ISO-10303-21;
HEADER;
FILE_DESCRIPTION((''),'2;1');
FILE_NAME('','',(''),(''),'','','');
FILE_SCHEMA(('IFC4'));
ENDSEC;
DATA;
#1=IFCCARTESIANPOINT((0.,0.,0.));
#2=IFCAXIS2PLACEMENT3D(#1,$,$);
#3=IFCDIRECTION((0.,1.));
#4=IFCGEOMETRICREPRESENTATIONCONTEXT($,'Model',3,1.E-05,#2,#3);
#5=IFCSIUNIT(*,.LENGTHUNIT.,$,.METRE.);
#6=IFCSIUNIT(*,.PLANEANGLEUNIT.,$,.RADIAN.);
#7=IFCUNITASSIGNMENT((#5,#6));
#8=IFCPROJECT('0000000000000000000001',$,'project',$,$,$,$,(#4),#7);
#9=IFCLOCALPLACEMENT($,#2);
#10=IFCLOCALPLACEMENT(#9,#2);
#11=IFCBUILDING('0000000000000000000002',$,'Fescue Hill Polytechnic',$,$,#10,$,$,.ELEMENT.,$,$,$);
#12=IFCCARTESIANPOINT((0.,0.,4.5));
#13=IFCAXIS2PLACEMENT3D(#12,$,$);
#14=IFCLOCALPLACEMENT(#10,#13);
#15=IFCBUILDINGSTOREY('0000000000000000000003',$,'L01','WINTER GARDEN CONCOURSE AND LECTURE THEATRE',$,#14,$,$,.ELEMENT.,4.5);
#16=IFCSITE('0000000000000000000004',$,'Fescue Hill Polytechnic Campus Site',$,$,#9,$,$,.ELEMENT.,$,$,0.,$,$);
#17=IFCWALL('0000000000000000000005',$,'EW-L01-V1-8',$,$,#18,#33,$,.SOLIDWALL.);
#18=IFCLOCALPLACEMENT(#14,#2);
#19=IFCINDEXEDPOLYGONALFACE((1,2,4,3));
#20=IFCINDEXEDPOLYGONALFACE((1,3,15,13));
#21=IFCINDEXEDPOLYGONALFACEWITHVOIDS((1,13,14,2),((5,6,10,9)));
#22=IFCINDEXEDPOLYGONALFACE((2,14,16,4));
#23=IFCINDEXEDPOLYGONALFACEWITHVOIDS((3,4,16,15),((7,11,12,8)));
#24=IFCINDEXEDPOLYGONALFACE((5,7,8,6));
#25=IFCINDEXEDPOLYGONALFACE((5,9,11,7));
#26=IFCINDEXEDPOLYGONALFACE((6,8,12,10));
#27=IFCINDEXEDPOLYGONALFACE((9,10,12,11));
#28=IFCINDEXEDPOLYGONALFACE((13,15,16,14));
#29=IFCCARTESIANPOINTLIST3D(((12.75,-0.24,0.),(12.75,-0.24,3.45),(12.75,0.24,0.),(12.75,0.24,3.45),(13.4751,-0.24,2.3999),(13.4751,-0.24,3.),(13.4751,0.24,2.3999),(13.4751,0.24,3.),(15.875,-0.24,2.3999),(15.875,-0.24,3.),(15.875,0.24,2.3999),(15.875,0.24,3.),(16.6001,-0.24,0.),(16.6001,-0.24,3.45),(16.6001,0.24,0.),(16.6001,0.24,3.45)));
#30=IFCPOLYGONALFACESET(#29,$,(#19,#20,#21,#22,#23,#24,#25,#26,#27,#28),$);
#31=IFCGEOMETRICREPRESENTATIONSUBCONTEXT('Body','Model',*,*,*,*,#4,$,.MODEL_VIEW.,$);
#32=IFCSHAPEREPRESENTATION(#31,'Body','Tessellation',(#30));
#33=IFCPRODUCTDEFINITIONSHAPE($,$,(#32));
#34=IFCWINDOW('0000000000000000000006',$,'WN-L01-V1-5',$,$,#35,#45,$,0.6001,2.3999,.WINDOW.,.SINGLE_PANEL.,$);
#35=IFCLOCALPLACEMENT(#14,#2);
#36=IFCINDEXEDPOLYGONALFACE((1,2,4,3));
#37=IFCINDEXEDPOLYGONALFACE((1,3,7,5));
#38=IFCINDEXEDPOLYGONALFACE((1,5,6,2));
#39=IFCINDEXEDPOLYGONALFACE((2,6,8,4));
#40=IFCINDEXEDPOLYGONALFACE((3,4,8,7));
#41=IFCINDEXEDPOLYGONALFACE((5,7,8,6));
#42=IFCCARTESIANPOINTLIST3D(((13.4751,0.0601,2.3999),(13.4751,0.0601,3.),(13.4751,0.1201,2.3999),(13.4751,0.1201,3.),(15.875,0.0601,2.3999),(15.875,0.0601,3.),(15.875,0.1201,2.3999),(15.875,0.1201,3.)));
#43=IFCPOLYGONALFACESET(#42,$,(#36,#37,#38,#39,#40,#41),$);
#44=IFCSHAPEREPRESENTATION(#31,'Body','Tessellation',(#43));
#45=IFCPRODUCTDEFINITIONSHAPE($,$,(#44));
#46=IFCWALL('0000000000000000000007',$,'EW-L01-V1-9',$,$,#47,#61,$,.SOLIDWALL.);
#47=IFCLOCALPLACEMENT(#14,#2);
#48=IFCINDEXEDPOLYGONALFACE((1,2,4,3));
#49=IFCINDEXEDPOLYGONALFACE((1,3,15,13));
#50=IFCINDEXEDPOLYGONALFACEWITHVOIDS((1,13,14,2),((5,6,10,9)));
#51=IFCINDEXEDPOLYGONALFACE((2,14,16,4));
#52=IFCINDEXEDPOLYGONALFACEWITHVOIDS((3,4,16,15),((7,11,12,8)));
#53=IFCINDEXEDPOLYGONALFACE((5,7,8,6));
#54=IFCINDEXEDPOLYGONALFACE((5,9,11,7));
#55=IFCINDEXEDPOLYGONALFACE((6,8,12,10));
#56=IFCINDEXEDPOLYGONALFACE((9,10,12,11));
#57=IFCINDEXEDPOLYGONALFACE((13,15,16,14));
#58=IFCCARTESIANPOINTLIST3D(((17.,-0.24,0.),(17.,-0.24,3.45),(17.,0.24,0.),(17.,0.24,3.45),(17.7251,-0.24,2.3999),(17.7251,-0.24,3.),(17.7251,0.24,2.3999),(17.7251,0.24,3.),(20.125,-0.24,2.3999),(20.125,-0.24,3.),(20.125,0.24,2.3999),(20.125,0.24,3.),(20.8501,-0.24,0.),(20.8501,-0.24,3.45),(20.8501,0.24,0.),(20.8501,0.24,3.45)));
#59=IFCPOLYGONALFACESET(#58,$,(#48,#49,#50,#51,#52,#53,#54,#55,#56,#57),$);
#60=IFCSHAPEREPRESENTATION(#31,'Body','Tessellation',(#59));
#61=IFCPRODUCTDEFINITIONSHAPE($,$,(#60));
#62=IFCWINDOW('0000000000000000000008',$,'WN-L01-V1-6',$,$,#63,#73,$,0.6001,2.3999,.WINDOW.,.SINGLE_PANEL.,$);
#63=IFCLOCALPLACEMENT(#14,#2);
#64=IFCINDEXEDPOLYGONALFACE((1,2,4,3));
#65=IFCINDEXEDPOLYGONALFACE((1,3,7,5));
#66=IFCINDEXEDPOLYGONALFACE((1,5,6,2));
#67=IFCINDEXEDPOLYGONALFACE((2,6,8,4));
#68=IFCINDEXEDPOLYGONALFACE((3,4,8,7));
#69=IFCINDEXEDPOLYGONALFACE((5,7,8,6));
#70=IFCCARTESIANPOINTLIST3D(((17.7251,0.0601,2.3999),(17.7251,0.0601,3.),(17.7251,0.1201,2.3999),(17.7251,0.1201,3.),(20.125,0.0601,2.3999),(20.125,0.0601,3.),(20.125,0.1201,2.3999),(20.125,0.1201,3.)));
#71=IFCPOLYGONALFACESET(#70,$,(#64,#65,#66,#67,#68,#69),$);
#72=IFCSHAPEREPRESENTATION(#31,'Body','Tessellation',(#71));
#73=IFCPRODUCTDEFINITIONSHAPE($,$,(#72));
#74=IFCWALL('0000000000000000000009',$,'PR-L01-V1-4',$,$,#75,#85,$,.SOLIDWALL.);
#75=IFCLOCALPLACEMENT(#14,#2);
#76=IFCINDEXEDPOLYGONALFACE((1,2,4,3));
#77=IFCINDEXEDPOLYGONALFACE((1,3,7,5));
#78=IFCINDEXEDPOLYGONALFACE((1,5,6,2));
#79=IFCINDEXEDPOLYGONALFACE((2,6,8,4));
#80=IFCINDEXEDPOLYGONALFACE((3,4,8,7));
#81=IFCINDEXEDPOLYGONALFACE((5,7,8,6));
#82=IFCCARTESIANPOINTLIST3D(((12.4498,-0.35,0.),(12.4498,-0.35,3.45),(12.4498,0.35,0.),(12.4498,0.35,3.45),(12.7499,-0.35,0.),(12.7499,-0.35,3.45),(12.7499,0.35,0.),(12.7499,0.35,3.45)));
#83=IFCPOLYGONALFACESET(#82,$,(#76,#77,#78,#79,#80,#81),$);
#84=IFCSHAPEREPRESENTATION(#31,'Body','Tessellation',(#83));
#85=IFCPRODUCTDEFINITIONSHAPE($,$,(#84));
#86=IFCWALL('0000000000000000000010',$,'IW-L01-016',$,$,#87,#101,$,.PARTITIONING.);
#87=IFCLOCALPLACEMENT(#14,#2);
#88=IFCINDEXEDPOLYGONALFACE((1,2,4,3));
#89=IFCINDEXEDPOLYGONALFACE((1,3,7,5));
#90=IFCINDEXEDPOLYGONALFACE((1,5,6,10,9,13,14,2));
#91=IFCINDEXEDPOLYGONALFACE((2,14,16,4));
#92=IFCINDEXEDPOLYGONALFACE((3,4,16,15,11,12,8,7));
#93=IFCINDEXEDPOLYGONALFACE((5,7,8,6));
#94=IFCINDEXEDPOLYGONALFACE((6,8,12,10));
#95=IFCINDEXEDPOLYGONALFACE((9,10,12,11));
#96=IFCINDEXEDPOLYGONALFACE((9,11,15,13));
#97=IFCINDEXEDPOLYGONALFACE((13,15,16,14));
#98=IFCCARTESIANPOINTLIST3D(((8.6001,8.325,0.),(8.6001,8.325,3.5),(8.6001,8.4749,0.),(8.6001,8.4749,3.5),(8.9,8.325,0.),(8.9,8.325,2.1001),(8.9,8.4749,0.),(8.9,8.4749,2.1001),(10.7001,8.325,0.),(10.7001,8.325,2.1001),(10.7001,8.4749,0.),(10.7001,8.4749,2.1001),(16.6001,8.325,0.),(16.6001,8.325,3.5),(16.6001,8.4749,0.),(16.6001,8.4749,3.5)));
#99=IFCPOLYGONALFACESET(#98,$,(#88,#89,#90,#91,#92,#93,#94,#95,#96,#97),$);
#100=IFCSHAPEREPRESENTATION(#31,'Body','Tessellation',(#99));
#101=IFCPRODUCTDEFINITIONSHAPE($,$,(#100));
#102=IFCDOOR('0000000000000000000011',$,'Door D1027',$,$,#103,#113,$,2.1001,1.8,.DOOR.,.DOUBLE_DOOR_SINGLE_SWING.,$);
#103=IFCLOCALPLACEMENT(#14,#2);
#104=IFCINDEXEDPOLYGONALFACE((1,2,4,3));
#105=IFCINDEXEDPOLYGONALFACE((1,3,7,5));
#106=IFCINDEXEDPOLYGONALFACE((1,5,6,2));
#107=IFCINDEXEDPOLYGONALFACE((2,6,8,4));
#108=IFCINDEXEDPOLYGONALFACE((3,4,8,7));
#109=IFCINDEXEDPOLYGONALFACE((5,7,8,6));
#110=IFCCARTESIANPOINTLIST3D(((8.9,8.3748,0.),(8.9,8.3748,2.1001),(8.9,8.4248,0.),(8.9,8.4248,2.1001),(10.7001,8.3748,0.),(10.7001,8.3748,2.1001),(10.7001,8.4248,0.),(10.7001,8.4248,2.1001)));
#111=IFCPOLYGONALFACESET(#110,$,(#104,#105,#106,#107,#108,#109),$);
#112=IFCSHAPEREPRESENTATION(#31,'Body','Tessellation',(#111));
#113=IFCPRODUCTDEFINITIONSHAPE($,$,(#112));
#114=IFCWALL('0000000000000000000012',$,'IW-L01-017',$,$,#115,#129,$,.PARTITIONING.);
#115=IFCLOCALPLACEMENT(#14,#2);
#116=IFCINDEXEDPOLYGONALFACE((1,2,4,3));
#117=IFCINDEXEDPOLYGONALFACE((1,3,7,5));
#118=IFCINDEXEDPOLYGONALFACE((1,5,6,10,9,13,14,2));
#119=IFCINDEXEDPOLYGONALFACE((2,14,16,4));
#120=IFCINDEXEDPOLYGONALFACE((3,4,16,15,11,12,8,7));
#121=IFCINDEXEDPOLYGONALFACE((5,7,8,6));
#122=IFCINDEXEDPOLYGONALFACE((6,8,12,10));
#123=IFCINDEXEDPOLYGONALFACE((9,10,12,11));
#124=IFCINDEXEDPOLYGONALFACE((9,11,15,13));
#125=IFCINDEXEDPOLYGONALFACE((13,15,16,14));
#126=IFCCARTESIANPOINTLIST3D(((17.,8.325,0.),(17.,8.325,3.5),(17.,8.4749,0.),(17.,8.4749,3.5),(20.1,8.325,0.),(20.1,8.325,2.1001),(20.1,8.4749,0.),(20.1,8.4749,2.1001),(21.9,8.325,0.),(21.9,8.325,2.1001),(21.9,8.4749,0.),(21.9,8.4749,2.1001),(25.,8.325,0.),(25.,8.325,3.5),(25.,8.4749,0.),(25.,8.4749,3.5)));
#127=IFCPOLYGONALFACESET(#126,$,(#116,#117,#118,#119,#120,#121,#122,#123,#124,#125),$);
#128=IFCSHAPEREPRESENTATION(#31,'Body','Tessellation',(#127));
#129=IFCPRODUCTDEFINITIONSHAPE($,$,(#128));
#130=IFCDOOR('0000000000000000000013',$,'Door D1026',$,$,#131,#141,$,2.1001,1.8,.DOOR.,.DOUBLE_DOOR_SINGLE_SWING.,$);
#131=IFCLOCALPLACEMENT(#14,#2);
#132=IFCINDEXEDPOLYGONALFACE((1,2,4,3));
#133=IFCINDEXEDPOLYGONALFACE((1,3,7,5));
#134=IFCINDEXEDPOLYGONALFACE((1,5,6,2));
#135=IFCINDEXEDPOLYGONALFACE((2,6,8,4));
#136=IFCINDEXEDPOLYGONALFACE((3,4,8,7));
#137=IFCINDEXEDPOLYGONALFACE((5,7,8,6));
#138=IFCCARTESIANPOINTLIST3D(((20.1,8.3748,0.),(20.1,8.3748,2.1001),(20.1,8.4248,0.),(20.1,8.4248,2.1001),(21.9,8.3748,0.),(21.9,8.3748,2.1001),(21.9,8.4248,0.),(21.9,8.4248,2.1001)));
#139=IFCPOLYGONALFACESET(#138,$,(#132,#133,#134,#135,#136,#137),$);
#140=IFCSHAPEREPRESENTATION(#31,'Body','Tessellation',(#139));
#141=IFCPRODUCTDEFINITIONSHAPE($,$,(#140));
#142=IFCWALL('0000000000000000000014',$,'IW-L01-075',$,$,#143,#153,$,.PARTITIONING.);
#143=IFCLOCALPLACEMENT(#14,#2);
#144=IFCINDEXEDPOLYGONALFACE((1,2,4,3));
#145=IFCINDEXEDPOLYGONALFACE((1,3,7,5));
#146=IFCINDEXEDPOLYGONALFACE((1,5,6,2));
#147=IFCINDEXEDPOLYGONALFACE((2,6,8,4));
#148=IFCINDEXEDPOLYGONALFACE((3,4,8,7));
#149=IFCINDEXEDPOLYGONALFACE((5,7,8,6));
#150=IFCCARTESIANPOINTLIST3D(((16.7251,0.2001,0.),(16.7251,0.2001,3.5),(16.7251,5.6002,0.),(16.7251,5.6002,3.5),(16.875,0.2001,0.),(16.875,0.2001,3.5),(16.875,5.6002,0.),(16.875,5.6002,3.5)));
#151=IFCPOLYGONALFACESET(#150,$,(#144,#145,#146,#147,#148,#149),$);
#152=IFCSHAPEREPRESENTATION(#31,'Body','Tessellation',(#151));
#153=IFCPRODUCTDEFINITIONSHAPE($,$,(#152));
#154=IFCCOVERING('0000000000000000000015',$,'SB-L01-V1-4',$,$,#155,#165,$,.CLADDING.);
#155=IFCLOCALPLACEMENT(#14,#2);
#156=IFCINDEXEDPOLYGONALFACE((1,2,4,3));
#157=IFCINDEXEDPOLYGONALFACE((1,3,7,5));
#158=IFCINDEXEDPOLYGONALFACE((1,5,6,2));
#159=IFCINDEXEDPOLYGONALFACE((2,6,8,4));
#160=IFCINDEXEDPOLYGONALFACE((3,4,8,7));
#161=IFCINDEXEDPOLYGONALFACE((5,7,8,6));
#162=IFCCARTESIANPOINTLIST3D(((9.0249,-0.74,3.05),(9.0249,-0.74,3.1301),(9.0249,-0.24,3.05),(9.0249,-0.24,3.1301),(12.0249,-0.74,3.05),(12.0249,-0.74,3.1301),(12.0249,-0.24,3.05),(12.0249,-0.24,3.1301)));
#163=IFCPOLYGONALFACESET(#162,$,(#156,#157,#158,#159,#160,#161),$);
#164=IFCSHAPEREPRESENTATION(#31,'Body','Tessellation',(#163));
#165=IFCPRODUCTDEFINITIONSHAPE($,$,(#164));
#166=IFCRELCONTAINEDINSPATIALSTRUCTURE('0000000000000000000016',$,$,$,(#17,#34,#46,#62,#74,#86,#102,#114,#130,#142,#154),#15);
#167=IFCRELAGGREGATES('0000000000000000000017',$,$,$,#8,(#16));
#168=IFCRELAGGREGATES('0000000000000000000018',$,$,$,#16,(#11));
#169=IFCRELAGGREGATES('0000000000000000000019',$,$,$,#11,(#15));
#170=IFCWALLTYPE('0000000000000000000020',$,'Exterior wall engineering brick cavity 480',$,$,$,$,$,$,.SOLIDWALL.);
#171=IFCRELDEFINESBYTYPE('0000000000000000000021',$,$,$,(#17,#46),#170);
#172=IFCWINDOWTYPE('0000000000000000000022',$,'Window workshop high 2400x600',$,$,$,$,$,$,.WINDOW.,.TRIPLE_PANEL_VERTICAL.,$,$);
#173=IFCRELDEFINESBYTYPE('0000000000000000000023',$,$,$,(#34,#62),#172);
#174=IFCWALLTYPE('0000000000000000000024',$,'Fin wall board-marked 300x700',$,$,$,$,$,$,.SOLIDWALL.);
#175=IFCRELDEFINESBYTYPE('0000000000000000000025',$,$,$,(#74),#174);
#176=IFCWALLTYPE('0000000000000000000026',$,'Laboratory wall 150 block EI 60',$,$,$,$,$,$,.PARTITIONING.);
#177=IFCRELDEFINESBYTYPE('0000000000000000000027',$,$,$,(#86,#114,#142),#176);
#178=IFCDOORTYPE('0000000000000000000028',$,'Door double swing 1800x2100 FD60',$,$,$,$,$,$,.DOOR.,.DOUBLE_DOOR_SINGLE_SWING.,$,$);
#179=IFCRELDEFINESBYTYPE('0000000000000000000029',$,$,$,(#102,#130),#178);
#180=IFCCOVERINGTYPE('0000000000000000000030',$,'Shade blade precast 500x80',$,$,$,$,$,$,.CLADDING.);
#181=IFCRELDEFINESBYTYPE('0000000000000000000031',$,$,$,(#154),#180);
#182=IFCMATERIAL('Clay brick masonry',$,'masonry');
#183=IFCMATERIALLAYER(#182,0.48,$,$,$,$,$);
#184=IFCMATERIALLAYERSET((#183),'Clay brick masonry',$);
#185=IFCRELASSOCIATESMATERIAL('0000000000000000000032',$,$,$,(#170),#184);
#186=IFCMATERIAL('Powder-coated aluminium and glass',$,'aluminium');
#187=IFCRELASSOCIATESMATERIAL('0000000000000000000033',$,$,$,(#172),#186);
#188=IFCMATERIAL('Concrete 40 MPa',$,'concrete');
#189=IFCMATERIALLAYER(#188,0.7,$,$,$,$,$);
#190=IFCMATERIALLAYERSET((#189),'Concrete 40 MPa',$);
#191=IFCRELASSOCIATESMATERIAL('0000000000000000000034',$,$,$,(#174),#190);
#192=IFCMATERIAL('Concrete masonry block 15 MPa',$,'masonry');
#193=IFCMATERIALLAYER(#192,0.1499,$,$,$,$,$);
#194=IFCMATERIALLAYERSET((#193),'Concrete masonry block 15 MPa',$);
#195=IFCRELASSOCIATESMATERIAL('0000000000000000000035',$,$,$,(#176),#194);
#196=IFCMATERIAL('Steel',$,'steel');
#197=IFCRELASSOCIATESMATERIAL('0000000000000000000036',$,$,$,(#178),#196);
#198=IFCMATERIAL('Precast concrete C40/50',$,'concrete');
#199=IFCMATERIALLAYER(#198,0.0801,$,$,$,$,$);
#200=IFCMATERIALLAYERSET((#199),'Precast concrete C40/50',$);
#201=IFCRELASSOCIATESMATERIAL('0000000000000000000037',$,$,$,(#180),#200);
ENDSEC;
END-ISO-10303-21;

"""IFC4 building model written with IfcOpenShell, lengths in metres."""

from ifc_helpers import new_model, si_unit, direction, frame, frame_2d, origin, origin_2d, place, context, subcontext, project, spatial, rectangle, extrude, material, layer, layer_set, type_object, element, fill, save


model = new_model("IFC4")

# Units and contexts
model_context = context("Model", 3, precision=1e-05, world=origin(), true_north=direction((0.0, 1.0)))
body_context = subcontext(model_context, "Body", "Model", "MODEL_VIEW")
ifc_project = project(units=[si_unit("LENGTHUNIT", "METRE"), si_unit("PLANEANGLEUNIT", "RADIAN")], contexts=[model_context])

# Site, building, storey
site_placement = place(None, origin())
site = spatial("IfcSite", under=ifc_project, at=site_placement, Name="Fescue Hill Polytechnic Campus Site", CompositionType="ELEMENT", RefElevation=0.0)
building_placement = place(site_placement, origin())
building = spatial("IfcBuilding", under=site, at=building_placement, Name="Fescue Hill Polytechnic", CompositionType="ELEMENT")
storey_placement = place(building_placement, frame((0.0, 0.0, 4.5)))
storey = spatial("IfcBuildingStorey", under=building, at=storey_placement, Name="L01", Description="WINTER GARDEN CONCOURSE AND LECTURE THEATRE", CompositionType="ELEMENT", Elevation=4.5)

# Shared definitions
ifc_material_1 = material(Name="Concrete 40 MPa", Category="concrete")

# Walls, openings, windows
ifc_material_2 = material(Name="Clay brick masonry", Category="masonry")
ifc_layer_1 = layer(ifc_material_2, 0.48)
ifc_layer_set_1 = layer_set([ifc_layer_1], Name="Clay brick masonry")
wall_type_1 = type_object("IfcWallType", Name="Exterior wall engineering brick cavity 480", PredefinedType="SOLIDWALL", material=ifc_layer_set_1)
ifc_material_3 = material(Name="Powder-coated aluminium and glass", Category="aluminium")
window_type = type_object("IfcWindowType", Name="Window workshop high 2400x600", PartitioningType="TRIPLE_PANEL_VERTICAL", PredefinedType="WINDOW", material=ifc_material_3)
wall_1_placement = place(storey_placement, frame((12.75, 0.0, 0.0), z_axis=(0.0, 0.0, 1.0), x_axis=(1.0, 0.0, 0.0)))
wall_1 = element("IfcWall", 1, at=wall_1_placement, inside=storey, type_object=wall_type_1, Name="EW-L01-V1-8", PredefinedType="SOLIDWALL", context=body_context, shape_type="SweptSolid", body=[
    extrude(rectangle(XDim=3.8501, YDim=0.48, at=frame_2d((1.925, 0.0))), origin(), (0.0, 0.0, 1.0), 3.45),
])
opening_1_placement = place(wall_1_placement, frame((0.7251, 0.0, 2.3999)))
opening_1 = element("IfcOpeningElement", 2, at=opening_1_placement, cuts=wall_1, PredefinedType="OPENING", context=body_context, shape_type="SweptSolid", body=[
    extrude(rectangle(XDim=2.3999, YDim=0.6001, at=frame_2d((1.2, 0.3))), frame((0.0, 0.25, 0.0), z_axis=(0.0, -1.0, 0.0), x_axis=(1.0, 0.0, 0.0)), (0.0, 0.0, 1.0), 0.5),
])
window_1_placement = place(opening_1_placement, origin())
window_1 = element("IfcWindow", 3, at=window_1_placement, inside=storey, type_object=window_type, Name="WN-L01-V1-5", OverallHeight=0.6001, OverallWidth=2.3999, PartitioningType="SINGLE_PANEL", PredefinedType="WINDOW", context=body_context, shape_type="SweptSolid", body=[
    extrude(rectangle(XDim=2.3999, YDim=0.6001, at=frame_2d((1.2, 0.3))), frame((0.0, 0.1201, 0.0), z_axis=(0.0, -1.0, 0.0), x_axis=(1.0, 0.0, 0.0)), (0.0, 0.0, 1.0), 0.0601),
])
fill(opening_1, window_1)
wall_2_placement = place(storey_placement, frame((17.0, 0.0, 0.0), z_axis=(0.0, 0.0, 1.0), x_axis=(1.0, 0.0, 0.0)))
wall_2 = element("IfcWall", 4, at=wall_2_placement, inside=storey, type_object=wall_type_1, Name="EW-L01-V1-9", PredefinedType="SOLIDWALL", context=body_context, shape_type="SweptSolid", body=[
    extrude(rectangle(XDim=3.8501, YDim=0.48, at=frame_2d((1.925, 0.0))), origin(), (0.0, 0.0, 1.0), 3.45),
])
opening_2_placement = place(wall_2_placement, frame((0.7251, 0.0, 2.3999)))
opening_2 = element("IfcOpeningElement", 5, at=opening_2_placement, cuts=wall_2, PredefinedType="OPENING", context=body_context, shape_type="SweptSolid", body=[
    extrude(rectangle(XDim=2.3999, YDim=0.6001, at=frame_2d((1.2, 0.3))), frame((0.0, 0.25, 0.0), z_axis=(0.0, -1.0, 0.0), x_axis=(1.0, 0.0, 0.0)), (0.0, 0.0, 1.0), 0.5),
])
window_2_placement = place(opening_2_placement, origin())
window_2 = element("IfcWindow", 6, at=window_2_placement, inside=storey, type_object=window_type, Name="WN-L01-V1-6", OverallHeight=0.6001, OverallWidth=2.3999, PartitioningType="SINGLE_PANEL", PredefinedType="WINDOW", context=body_context, shape_type="SweptSolid", body=[
    extrude(rectangle(XDim=2.3999, YDim=0.6001, at=frame_2d((1.2, 0.3))), frame((0.0, 0.1201, 0.0), z_axis=(0.0, -1.0, 0.0), x_axis=(1.0, 0.0, 0.0)), (0.0, 0.0, 1.0), 0.0601),
])
fill(opening_2, window_2)

# Wall
ifc_layer_2 = layer(ifc_material_1, 0.7)
ifc_layer_set_2 = layer_set([ifc_layer_2], Name="Concrete 40 MPa")
wall_type_2 = type_object("IfcWallType", Name="Fin wall board-marked 300x700", PredefinedType="SOLIDWALL", material=ifc_layer_set_2)
wall_3_placement = place(storey_placement, frame((12.45, 0.0, 0.0), z_axis=(0.0, 0.0, 1.0), x_axis=(1.0, 0.0, 0.0)))
element("IfcWall", 7, at=wall_3_placement, inside=storey, type_object=wall_type_2, Name="PR-L01-V1-4", PredefinedType="SOLIDWALL", context=body_context, shape_type="SweptSolid", body=[
    extrude(rectangle(XDim=0.3, YDim=0.7, at=frame_2d((0.1499, 0.0))), origin(), (0.0, 0.0, 1.0), 3.45),
])

# Walls, openings, doors
ifc_material_4 = material(Name="Concrete masonry block 15 MPa", Category="masonry")
ifc_layer_3 = layer(ifc_material_4, 0.1499)
ifc_layer_set_3 = layer_set([ifc_layer_3], Name="Concrete masonry block 15 MPa")
wall_type_3 = type_object("IfcWallType", Name="Laboratory wall 150 block EI 60", PredefinedType="PARTITIONING", material=ifc_layer_set_3)
wall_4_placement = place(storey_placement, frame((8.6001, 8.3999, 0.0), z_axis=(0.0, 0.0, 1.0), x_axis=(1.0, 0.0, 0.0)))
wall_4 = element("IfcWall", 8, at=wall_4_placement, inside=storey, type_object=wall_type_3, Name="IW-L01-016", PredefinedType="PARTITIONING", context=body_context, shape_type="SweptSolid", body=[
    extrude(rectangle(XDim=8.0, YDim=0.1499, at=frame_2d((4.0, 0.0))), origin(), (0.0, 0.0, 1.0), 3.5),
])
opening_3_placement = place(wall_4_placement, frame((0.3, 0.0, 0.0)))
opening_3 = element("IfcOpeningElement", 9, at=opening_3_placement, cuts=wall_4, PredefinedType="OPENING", context=body_context, shape_type="SweptSolid", body=[
    extrude(rectangle(XDim=1.8, YDim=2.1001, at=frame_2d((0.8999, 1.05))), frame((0.0, 0.085, 0.0), z_axis=(0.0, -1.0, 0.0), x_axis=(1.0, 0.0, 0.0)), (0.0, 0.0, 1.0), 0.1699),
])
ifc_material_5 = material(Name="Steel", Category="steel")
door_type_1 = type_object("IfcDoorType", Name="Door double swing 1800x2100 FD60", OperationType="DOUBLE_DOOR_SINGLE_SWING", PredefinedType="DOOR", material=ifc_material_5)
door_1_placement = place(opening_3_placement, origin())
door_1 = element("IfcDoor", 10, at=door_1_placement, inside=storey, type_object=door_type_1, Name="Door D1027", OperationType="DOUBLE_DOOR_SINGLE_SWING", OverallHeight=2.1001, OverallWidth=1.8, PredefinedType="DOOR", context=body_context, shape_type="SweptSolid", body=[
    extrude(rectangle(XDim=1.8, YDim=2.1001, at=frame_2d((0.8999, 1.05))), frame((0.0, 0.0249, 0.0), z_axis=(0.0, -1.0, 0.0), x_axis=(1.0, 0.0, 0.0)), (0.0, 0.0, 1.0), 0.05),
])
fill(opening_3, door_1)
wall_5_placement = place(storey_placement, frame((17.0, 8.3999, 0.0), z_axis=(0.0, 0.0, 1.0), x_axis=(1.0, 0.0, 0.0)))
wall_5 = element("IfcWall", 11, at=wall_5_placement, inside=storey, type_object=wall_type_3, Name="IW-L01-017", PredefinedType="PARTITIONING", context=body_context, shape_type="SweptSolid", body=[
    extrude(rectangle(XDim=8.0, YDim=0.1499, at=frame_2d((4.0, 0.0))), origin(), (0.0, 0.0, 1.0), 3.5),
])
opening_4_placement = place(wall_5_placement, frame((3.1001, 0.0, 0.0)))
opening_4 = element("IfcOpeningElement", 12, at=opening_4_placement, cuts=wall_5, PredefinedType="OPENING", context=body_context, shape_type="SweptSolid", body=[
    extrude(rectangle(XDim=1.8, YDim=2.1001, at=frame_2d((0.8999, 1.05))), frame((0.0, 0.085, 0.0), z_axis=(0.0, -1.0, 0.0), x_axis=(1.0, 0.0, 0.0)), (0.0, 0.0, 1.0), 0.1699),
])
door_2_placement = place(opening_4_placement, origin())
door_2 = element("IfcDoor", 13, at=door_2_placement, inside=storey, type_object=door_type_1, Name="Door D1026", OperationType="DOUBLE_DOOR_SINGLE_SWING", OverallHeight=2.1001, OverallWidth=1.8, PredefinedType="DOOR", context=body_context, shape_type="SweptSolid", body=[
    extrude(rectangle(XDim=1.8, YDim=2.1001, at=frame_2d((0.8999, 1.05))), frame((0.0, 0.0249, 0.0), z_axis=(0.0, -1.0, 0.0), x_axis=(1.0, 0.0, 0.0)), (0.0, 0.0, 1.0), 0.05),
])
fill(opening_4, door_2)

# Wall
wall_6_placement = place(storey_placement, frame((16.8, 0.2, 0.0), z_axis=(0.0, 0.0, 1.0), x_axis=(0.0, 1.0, 0.0)))
element("IfcWall", 14, at=wall_6_placement, inside=storey, type_object=wall_type_3, Name="IW-L01-075", PredefinedType="PARTITIONING", context=body_context, shape_type="SweptSolid", body=[
    extrude(rectangle(XDim=5.4001, YDim=0.1499, at=frame_2d((2.7002, 0.0))), origin(), (0.0, 0.0, 1.0), 3.5),
])

# Covering
ifc_material_6 = material(Name="Precast concrete C40/50", Category="concrete")
ifc_layer_4 = layer(ifc_material_6, 0.0801)
ifc_layer_set_4 = layer_set([ifc_layer_4], Name="Precast concrete C40/50")
covering_type = type_object("IfcCoveringType", Name="Shade blade precast 500x80", PredefinedType="CLADDING", material=ifc_layer_set_4)
for number, where, z_axis, x_axis, name in (
    (15, (10.5249, -0.49, 3.05), (0.0, 0.0, 1.0), (1.0, 0.0, 0.0), "SB-L01-V1-4"),
):
    element("IfcCovering", number, at=place(storey_placement, frame(where, z_axis=z_axis, x_axis=x_axis)), inside=storey, type_object=covering_type, Name=name, PredefinedType="CLADDING", context=body_context, shape_type="SweptSolid", body=[
        extrude(rectangle(XDim=3.0, YDim=0.5, at=origin_2d()), origin(), (0.0, 0.0, 1.0), 0.0801),
    ])

save(model, "model.ifc")
